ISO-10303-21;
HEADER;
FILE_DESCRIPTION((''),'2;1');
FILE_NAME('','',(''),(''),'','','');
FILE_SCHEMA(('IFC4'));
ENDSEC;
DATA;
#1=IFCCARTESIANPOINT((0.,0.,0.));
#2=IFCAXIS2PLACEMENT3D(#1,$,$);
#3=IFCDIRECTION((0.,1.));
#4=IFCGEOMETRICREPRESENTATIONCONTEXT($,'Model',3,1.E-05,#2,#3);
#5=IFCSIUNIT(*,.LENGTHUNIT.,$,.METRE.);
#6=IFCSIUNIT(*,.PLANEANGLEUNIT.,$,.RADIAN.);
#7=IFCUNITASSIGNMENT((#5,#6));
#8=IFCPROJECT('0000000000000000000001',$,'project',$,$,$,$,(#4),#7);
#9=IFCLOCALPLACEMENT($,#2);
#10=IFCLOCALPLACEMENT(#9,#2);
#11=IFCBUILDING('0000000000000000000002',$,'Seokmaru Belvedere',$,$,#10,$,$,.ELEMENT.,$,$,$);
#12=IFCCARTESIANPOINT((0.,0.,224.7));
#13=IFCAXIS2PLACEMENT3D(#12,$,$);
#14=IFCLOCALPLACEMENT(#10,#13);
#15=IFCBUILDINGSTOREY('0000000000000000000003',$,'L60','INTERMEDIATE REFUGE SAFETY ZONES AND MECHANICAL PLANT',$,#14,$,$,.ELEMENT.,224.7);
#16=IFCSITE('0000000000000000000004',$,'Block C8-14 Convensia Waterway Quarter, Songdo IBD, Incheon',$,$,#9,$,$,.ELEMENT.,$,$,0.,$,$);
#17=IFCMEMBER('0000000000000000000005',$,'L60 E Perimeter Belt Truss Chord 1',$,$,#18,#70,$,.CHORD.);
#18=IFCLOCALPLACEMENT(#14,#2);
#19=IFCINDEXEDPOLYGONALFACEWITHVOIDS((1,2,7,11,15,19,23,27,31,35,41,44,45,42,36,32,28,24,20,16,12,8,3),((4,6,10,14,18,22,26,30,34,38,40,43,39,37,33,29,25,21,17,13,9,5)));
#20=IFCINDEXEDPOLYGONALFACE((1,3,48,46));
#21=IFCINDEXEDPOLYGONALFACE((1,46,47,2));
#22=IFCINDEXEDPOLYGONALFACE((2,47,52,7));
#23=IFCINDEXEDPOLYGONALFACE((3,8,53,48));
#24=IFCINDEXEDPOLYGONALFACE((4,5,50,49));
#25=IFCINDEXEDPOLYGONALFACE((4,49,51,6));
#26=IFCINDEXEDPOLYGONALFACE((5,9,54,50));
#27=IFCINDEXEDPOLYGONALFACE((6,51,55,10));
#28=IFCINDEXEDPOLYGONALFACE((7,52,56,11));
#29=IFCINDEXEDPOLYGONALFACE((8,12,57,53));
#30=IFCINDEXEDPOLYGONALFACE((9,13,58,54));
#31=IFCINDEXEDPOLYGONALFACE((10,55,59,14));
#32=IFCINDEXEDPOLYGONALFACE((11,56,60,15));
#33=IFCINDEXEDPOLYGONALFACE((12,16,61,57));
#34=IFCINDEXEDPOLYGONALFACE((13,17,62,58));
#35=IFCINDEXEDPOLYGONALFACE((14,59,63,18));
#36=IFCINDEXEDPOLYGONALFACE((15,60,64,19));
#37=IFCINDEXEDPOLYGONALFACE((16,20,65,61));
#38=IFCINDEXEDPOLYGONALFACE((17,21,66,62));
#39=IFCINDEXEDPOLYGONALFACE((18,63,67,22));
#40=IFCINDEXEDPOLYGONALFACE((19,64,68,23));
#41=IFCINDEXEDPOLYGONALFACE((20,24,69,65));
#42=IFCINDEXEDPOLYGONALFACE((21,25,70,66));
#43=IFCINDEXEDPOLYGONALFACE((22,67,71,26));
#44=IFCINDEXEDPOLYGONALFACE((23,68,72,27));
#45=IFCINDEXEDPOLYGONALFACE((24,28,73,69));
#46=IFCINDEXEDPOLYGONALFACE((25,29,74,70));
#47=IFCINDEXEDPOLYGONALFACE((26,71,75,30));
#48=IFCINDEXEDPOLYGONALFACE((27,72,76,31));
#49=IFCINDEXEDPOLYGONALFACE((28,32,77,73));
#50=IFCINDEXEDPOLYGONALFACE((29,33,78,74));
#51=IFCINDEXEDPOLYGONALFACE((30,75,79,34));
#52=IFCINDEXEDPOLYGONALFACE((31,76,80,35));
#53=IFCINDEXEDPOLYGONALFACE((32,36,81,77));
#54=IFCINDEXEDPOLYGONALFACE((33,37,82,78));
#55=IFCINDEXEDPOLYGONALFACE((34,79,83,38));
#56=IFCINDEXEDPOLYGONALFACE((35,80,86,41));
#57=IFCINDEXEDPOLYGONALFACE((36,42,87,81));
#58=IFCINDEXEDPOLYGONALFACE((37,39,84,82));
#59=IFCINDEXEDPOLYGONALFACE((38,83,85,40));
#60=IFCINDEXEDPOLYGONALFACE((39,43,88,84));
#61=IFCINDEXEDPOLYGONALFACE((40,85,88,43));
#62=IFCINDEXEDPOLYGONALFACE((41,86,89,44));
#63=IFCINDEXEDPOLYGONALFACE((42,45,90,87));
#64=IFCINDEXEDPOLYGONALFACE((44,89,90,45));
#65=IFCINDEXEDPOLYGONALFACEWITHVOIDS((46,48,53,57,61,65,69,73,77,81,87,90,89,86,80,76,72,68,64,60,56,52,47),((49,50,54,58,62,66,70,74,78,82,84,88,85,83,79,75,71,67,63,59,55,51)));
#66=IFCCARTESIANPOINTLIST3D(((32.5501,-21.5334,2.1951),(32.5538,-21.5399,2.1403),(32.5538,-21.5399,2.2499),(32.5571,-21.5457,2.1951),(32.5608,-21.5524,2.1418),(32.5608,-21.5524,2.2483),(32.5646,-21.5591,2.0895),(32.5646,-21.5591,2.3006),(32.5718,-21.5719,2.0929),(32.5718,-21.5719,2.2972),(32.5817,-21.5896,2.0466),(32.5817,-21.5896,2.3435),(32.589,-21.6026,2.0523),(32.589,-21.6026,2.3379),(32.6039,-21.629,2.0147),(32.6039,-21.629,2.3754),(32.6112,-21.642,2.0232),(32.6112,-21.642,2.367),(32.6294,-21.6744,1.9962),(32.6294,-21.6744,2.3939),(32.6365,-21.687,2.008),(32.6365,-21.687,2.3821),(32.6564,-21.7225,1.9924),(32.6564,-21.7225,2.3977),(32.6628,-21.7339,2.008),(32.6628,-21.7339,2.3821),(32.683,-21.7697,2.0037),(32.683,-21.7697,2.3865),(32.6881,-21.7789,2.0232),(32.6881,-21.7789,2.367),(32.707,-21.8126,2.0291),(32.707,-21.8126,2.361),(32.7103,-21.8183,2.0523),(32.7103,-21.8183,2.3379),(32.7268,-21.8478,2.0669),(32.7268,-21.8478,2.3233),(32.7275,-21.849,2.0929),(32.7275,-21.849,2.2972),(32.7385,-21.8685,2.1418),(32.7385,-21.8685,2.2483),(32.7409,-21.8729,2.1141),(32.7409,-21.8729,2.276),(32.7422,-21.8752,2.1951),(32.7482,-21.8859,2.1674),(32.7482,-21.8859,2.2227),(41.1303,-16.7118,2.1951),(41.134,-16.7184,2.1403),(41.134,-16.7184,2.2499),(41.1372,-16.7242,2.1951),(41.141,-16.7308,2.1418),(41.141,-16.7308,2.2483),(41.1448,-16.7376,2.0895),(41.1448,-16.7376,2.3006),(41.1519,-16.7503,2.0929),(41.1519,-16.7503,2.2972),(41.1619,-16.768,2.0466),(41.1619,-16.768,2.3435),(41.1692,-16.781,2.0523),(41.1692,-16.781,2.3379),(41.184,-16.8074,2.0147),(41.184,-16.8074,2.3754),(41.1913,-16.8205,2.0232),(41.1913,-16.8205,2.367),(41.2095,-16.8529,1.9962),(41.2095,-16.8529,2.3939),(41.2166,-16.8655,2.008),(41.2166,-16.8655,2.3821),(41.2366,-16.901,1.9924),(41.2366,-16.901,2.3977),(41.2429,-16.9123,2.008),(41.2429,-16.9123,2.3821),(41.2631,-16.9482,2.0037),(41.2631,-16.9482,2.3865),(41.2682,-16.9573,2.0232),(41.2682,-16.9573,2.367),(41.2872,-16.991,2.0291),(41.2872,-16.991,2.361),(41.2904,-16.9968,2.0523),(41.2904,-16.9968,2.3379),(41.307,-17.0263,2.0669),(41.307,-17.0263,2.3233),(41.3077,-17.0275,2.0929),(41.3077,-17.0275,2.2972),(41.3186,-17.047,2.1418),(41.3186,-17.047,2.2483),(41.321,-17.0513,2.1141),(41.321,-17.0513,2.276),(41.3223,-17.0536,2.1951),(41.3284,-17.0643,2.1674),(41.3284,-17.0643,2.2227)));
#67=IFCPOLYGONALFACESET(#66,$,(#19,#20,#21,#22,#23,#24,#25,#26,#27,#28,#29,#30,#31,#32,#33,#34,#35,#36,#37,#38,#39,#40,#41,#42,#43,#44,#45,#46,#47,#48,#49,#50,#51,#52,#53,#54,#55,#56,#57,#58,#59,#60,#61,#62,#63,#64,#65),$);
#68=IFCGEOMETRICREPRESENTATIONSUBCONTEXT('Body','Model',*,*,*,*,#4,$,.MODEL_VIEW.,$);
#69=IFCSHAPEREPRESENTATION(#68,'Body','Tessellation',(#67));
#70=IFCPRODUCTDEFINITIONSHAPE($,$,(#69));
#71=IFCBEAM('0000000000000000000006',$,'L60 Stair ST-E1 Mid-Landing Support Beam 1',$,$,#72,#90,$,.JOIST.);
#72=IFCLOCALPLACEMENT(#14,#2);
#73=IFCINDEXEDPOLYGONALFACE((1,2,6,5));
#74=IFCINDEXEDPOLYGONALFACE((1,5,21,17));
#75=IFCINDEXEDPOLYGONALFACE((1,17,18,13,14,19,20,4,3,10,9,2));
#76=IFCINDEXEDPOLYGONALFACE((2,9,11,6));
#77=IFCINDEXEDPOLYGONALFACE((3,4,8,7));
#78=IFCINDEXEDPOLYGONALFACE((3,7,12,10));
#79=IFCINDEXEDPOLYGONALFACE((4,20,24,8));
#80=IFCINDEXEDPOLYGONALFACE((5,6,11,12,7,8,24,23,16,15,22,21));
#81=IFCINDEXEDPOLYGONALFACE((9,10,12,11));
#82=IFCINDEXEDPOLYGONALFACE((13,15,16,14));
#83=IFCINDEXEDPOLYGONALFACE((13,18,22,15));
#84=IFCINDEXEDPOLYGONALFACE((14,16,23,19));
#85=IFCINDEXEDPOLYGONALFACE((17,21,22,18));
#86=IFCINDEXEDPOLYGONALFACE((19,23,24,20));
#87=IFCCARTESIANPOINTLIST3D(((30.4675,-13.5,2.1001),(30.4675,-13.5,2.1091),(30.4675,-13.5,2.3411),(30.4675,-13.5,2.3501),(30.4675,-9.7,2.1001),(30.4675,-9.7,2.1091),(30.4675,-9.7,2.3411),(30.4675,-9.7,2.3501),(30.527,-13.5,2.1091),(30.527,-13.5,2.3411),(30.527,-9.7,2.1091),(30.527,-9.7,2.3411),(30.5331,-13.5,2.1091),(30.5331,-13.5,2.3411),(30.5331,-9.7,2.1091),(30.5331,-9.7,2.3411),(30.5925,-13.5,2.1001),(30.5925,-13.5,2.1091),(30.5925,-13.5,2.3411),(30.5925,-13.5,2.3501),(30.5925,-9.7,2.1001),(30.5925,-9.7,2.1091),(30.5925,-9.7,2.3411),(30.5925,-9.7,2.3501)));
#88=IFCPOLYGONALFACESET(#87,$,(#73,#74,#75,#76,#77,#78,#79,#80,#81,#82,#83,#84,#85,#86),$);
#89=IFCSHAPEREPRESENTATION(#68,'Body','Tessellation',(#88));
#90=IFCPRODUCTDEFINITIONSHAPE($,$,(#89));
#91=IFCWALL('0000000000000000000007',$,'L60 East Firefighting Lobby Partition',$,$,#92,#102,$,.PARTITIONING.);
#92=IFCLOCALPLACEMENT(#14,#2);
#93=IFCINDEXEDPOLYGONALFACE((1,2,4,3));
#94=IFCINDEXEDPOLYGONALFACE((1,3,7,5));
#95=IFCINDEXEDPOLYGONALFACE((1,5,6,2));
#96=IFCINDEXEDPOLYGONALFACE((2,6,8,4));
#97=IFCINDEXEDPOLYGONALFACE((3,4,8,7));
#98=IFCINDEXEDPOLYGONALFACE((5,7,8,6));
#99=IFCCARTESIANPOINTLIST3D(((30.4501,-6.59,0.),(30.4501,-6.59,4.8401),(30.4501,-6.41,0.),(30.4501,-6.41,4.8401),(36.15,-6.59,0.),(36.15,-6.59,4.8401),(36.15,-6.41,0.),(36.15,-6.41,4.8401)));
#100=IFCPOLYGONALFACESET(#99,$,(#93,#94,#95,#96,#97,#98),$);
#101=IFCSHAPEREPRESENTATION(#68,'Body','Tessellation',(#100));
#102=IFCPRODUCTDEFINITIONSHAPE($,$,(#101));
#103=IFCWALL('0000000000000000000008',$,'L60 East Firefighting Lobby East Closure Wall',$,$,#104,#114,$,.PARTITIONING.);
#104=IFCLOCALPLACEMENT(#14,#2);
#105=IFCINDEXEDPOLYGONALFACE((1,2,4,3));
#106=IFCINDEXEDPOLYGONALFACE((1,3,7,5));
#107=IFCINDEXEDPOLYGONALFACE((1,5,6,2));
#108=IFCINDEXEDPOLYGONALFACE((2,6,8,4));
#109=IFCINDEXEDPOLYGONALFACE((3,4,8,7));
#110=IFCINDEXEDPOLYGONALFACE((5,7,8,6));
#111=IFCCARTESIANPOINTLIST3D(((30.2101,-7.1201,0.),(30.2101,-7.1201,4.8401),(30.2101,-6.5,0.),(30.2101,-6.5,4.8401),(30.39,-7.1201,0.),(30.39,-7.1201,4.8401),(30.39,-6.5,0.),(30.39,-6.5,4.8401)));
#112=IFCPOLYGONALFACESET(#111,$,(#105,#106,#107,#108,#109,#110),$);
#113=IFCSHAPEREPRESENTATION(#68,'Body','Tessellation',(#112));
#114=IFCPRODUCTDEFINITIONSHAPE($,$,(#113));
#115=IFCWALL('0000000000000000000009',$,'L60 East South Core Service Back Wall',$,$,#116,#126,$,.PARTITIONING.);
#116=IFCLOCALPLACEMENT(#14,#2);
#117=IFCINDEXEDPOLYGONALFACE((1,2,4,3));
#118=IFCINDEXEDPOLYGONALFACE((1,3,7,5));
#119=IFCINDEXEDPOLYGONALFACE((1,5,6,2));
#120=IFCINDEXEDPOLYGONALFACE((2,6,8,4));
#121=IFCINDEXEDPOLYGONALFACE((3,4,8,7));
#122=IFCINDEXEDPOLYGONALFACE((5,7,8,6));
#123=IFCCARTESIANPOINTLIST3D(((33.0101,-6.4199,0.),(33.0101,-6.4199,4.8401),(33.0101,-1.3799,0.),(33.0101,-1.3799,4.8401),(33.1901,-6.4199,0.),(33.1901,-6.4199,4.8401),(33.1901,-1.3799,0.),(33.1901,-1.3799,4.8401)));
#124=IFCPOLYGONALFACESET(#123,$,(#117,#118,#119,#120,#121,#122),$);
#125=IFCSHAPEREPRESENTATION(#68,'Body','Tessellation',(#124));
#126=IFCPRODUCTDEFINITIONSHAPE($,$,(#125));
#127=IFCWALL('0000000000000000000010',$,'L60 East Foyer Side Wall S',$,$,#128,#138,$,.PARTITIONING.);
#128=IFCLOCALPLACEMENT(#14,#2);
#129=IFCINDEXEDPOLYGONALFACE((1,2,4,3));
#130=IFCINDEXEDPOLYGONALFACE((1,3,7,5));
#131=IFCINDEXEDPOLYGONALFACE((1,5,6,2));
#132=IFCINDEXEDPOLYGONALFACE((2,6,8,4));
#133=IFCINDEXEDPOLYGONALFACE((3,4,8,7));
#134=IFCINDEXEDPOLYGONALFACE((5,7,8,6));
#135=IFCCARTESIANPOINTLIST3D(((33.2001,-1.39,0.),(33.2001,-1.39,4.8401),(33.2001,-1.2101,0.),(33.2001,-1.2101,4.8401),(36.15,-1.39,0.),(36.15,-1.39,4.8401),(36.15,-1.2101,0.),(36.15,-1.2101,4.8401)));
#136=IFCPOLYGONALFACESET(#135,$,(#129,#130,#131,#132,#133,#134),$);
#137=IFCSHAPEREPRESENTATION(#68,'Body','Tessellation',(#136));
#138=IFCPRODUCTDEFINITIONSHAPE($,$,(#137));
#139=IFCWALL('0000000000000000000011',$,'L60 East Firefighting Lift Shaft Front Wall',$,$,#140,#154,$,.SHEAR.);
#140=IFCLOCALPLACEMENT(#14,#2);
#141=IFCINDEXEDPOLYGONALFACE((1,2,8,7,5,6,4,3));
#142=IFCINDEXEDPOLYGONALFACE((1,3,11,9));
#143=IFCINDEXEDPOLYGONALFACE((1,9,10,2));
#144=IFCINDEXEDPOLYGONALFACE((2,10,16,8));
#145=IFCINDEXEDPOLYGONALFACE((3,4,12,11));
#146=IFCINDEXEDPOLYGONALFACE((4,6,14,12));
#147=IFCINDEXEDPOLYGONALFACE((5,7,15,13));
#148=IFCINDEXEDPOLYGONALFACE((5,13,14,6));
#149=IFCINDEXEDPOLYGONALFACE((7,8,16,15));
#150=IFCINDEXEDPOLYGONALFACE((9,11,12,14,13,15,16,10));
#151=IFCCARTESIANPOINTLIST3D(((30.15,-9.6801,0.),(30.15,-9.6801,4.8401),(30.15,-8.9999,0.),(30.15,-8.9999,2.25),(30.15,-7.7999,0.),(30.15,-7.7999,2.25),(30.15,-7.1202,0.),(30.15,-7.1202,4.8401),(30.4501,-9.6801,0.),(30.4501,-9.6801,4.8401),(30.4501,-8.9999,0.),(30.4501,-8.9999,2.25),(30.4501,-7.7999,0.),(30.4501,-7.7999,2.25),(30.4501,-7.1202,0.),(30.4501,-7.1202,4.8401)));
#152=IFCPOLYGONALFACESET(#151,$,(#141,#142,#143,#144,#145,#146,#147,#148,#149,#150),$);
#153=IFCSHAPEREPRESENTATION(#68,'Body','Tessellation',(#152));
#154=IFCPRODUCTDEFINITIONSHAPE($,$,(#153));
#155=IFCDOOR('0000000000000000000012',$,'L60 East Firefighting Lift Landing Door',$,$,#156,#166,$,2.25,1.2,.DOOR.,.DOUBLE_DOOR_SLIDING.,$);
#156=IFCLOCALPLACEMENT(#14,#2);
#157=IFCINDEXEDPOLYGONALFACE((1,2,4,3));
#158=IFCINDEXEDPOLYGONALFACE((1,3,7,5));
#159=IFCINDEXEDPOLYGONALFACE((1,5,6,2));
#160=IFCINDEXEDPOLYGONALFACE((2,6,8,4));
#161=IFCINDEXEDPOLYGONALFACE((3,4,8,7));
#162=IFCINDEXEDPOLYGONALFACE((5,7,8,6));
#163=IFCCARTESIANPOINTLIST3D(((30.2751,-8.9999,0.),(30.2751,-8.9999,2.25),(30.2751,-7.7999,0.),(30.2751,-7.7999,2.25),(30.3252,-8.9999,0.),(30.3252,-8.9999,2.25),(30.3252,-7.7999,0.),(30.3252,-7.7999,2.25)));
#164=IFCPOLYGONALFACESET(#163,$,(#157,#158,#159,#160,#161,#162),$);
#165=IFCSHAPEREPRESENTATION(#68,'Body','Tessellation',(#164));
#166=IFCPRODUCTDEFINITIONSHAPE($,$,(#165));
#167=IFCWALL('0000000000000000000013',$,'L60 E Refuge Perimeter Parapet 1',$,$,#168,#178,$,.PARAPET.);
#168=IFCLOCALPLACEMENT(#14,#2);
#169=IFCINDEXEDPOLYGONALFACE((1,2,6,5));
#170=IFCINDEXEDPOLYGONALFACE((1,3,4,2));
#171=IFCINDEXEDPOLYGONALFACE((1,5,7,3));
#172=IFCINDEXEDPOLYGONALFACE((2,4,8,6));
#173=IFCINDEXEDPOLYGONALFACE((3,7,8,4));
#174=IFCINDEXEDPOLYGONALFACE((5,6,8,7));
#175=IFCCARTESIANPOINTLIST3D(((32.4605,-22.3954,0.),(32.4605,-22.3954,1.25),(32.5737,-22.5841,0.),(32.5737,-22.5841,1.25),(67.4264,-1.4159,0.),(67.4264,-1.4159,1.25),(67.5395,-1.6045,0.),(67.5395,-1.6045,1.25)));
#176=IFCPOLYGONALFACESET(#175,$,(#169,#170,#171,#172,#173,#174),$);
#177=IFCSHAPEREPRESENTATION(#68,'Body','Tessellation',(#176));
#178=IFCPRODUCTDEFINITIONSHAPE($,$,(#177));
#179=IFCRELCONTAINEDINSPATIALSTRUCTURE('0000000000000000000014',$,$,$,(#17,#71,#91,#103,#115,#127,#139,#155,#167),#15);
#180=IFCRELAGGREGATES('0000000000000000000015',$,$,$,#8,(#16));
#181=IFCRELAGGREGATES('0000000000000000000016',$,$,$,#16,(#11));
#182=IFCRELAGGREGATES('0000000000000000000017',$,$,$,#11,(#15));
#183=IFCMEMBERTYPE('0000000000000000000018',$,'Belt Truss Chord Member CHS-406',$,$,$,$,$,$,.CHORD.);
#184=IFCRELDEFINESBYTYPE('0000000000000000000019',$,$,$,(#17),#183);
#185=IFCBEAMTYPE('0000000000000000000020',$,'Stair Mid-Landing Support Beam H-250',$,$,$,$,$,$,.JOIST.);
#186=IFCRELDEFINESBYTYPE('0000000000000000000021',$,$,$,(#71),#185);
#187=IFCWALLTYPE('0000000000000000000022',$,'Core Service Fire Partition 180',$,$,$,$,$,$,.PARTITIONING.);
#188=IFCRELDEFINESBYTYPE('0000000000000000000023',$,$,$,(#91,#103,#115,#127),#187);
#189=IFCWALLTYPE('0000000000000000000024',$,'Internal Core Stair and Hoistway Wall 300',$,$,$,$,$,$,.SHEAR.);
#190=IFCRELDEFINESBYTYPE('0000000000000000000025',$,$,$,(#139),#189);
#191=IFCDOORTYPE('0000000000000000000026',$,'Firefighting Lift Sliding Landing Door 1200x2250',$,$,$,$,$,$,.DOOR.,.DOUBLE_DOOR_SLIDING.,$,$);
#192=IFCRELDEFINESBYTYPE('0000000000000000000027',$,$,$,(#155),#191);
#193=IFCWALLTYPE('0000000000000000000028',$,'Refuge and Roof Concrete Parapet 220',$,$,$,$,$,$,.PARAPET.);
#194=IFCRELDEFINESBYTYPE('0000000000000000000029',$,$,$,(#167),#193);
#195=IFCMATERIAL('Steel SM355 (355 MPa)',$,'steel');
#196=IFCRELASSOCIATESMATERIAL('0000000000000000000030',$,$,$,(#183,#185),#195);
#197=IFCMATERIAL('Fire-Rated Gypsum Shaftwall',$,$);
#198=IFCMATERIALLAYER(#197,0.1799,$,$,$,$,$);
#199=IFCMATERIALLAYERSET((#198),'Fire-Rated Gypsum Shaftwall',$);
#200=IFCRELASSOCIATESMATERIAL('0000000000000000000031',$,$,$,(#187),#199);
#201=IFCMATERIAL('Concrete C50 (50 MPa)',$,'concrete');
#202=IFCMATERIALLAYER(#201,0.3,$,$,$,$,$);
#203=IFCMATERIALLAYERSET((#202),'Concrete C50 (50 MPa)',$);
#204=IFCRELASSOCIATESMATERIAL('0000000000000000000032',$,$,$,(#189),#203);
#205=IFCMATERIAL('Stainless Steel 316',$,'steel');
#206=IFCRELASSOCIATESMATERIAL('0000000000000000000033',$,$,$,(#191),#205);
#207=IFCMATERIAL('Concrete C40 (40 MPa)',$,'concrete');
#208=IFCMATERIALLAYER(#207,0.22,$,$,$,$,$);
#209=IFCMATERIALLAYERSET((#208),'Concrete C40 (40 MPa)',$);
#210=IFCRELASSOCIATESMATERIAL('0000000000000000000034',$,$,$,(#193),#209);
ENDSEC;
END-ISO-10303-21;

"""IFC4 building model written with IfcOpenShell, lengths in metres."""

from ifc_helpers import new_model, si_unit, direction, frame, frame_2d, origin, origin_2d, place, context, subcontext, project, spatial, rectangle, hollow_circle, i_section, extrude, source, transform, mapped, material, layer, layer_set, material_profile, profile_set, type_object, type_shapes, element, fill, save


model = new_model("IFC4")

# Units and contexts
model_context = context("Model", 3, precision=1e-05, world=origin(), true_north=direction((0.0, 1.0)))
body_context = subcontext(model_context, "Body", "Model", "MODEL_VIEW")
ifc_project = project(units=[si_unit("LENGTHUNIT", "METRE"), si_unit("PLANEANGLEUNIT", "RADIAN")], contexts=[model_context])

# Site, building, storey
site_placement = place(None, origin())
site = spatial("IfcSite", under=ifc_project, at=site_placement, Name="Block C8-14 Convensia Waterway Quarter, Songdo IBD, Incheon", CompositionType="ELEMENT", RefElevation=0.0)
building_placement = place(site_placement, origin())
building = spatial("IfcBuilding", under=site, at=building_placement, Name="Seokmaru Belvedere", CompositionType="ELEMENT")
storey_placement = place(building_placement, frame((0.0, 0.0, 224.7)))
storey = spatial("IfcBuildingStorey", under=building, at=storey_placement, Name="L60", Description="INTERMEDIATE REFUGE SAFETY ZONES AND MECHANICAL PLANT", CompositionType="ELEMENT", Elevation=224.7)

# Shared definitions
ifc_material_1 = material(Name="Steel SM355 (355 MPa)", Category="steel")

# Member
ifc_material_profile_1 = material_profile(ifc_material_1, hollow_circle(Radius=0.2031, WallThickness=0.0142, at=origin_2d()), Name="CHS-406.4x14.2")
ifc_profile_set_1 = profile_set([ifc_material_profile_1], Name="Steel SM355 (355 MPa)")
member_type_1 = type_object("IfcMemberType", Name="Belt Truss Chord Member CHS-406", PredefinedType="CHORD", material=ifc_profile_set_1)
shared_shape_1 = source(origin(), body_context, "Body", "SweptSolid", [
    extrude(hollow_circle(Radius=0.2031, WallThickness=0.0142, at=origin_2d()), origin(), (0.0, 0.0, 1.0), 9.842),
])
type_shapes(member_type_1, [shared_shape_1])
member_1_placement = place(storey_placement, frame((32.6497, -21.7104, 2.1951), z_axis=(0.871782, 0.489894, 0.0), x_axis=(-0.489894, 0.871782, 0.0)))
element("IfcMember", 1, at=member_1_placement, inside=storey, type_object=member_type_1, Name="L60 E Perimeter Belt Truss Chord 1", PredefinedType="CHORD", context=body_context, shape_type="MappedRepresentation", body=[
    mapped(shared_shape_1, transform((0.0, 0.0, 0.0), scale=1.0)),
])

# Beam
ifc_material_profile_2 = material_profile(ifc_material_1, i_section(OverallWidth=0.125, OverallDepth=0.25, WebThickness=0.0061, FlangeThickness=0.009, at=origin_2d()), Name="H-250x125x6x9")
ifc_profile_set_2 = profile_set([ifc_material_profile_2], Name="Steel SM355 (355 MPa)")
beam_type_1 = type_object("IfcBeamType", Name="Stair Mid-Landing Support Beam H-250", PredefinedType="JOIST", material=ifc_profile_set_2)
shared_shape_2 = source(origin(), body_context, "Body", "SweptSolid", [
    extrude(i_section(OverallWidth=0.125, OverallDepth=0.25, WebThickness=0.0061, FlangeThickness=0.009, at=origin_2d()), origin(), (0.0, 0.0, 1.0), 3.8),
])
type_shapes(beam_type_1, [shared_shape_2])
beam_1_placement = place(storey_placement, frame((30.53, -13.5, 2.2251), z_axis=(0.0, 1.0, 0.0), x_axis=(-1.0, 0.0, 0.0)))
element("IfcBeam", 2, at=beam_1_placement, inside=storey, type_object=beam_type_1, Name="L60 Stair ST-E1 Mid-Landing Support Beam 1", PredefinedType="JOIST", context=body_context, shape_type="MappedRepresentation", body=[
    mapped(shared_shape_2, transform((0.0, 0.0, 0.0), scale=1.0)),
])

# Walls
ifc_material_2 = material(Name="Fire-Rated Gypsum Shaftwall")
ifc_layer_1 = layer(ifc_material_2, 0.1799)
ifc_layer_set_1 = layer_set([ifc_layer_1], Name="Fire-Rated Gypsum Shaftwall")
wall_type_1 = type_object("IfcWallType", Name="Core Service Fire Partition 180", PredefinedType="PARTITIONING", material=ifc_layer_set_1)
wall_1_placement = place(storey_placement, frame((30.45, -6.5, 0.0), z_axis=(0.0, 0.0, 1.0), x_axis=(1.0, 0.0, 0.0)))
element("IfcWall", 3, at=wall_1_placement, inside=storey, type_object=wall_type_1, Name="L60 East Firefighting Lobby Partition", PredefinedType="PARTITIONING", context=body_context, shape_type="SweptSolid", body=[
    extrude(rectangle(XDim=5.7, YDim=0.1799, at=frame_2d((2.8501, 0.0))), origin(), (0.0, 0.0, 1.0), 4.8401),
])
wall_2_placement = place(storey_placement, frame((30.3, -7.1201, 0.0), z_axis=(0.0, 0.0, 1.0), x_axis=(0.0, 1.0, 0.0)))
element("IfcWall", 4, at=wall_2_placement, inside=storey, type_object=wall_type_1, Name="L60 East Firefighting Lobby East Closure Wall", PredefinedType="PARTITIONING", context=body_context, shape_type="SweptSolid", body=[
    extrude(rectangle(XDim=0.6201, YDim=0.1799, at=frame_2d((0.3101, 0.0))), origin(), (0.0, 0.0, 1.0), 4.8401),
])
wall_3_placement = place(storey_placement, frame((33.1001, -6.4199, 0.0), z_axis=(0.0, 0.0, 1.0), x_axis=(0.0, 1.0, 0.0)))
element("IfcWall", 5, at=wall_3_placement, inside=storey, type_object=wall_type_1, Name="L60 East South Core Service Back Wall", PredefinedType="PARTITIONING", context=body_context, shape_type="SweptSolid", body=[
    extrude(rectangle(XDim=5.04, YDim=0.1799, at=frame_2d((2.52, 0.0))), origin(), (0.0, 0.0, 1.0), 4.8401),
])
wall_4_placement = place(storey_placement, frame((33.2, -1.3, 0.0), z_axis=(0.0, 0.0, 1.0), x_axis=(1.0, 0.0, 0.0)))
element("IfcWall", 6, at=wall_4_placement, inside=storey, type_object=wall_type_1, Name="L60 East Foyer Side Wall S", PredefinedType="PARTITIONING", context=body_context, shape_type="SweptSolid", body=[
    extrude(rectangle(XDim=2.95, YDim=0.1799, at=frame_2d((1.4751, 0.0))), origin(), (0.0, 0.0, 1.0), 4.8401),
])

# Wall, opening, door
ifc_material_3 = material(Name="Concrete C50 (50 MPa)", Category="concrete")
ifc_layer_2 = layer(ifc_material_3, 0.3)
ifc_layer_set_2 = layer_set([ifc_layer_2], Name="Concrete C50 (50 MPa)")
wall_type_2 = type_object("IfcWallType", Name="Internal Core Stair and Hoistway Wall 300", PredefinedType="SHEAR", material=ifc_layer_set_2)
wall_5_placement = place(storey_placement, frame((30.3, -9.6799, 0.0), z_axis=(0.0, 0.0, 1.0), x_axis=(0.0, 1.0, 0.0)))
wall_5 = element("IfcWall", 7, at=wall_5_placement, inside=storey, type_object=wall_type_2, Name="L60 East Firefighting Lift Shaft Front Wall", PredefinedType="SHEAR", context=body_context, shape_type="SweptSolid", body=[
    extrude(rectangle(XDim=2.5598, YDim=0.3, at=frame_2d((1.2798, 0.0))), origin(), (0.0, 0.0, 1.0), 4.8401),
])
opening_placement = place(wall_5_placement, frame((0.6799, 0.0, 0.0)))
opening = element("IfcOpeningElement", 8, at=opening_placement, cuts=wall_5, PredefinedType="OPENING", context=body_context, shape_type="SweptSolid", body=[
    extrude(rectangle(XDim=1.2, YDim=2.25, at=frame_2d((0.6001, 1.125))), frame((0.0, 0.1602, 0.0), z_axis=(0.0, -1.0, 0.0), x_axis=(1.0, 0.0, 0.0)), (0.0, 0.0, 1.0), 0.3201),
])
ifc_material_4 = material(Name="Stainless Steel 316", Category="steel")
door_type = type_object("IfcDoorType", Name="Firefighting Lift Sliding Landing Door 1200x2250", OperationType="DOUBLE_DOOR_SLIDING", PredefinedType="DOOR", material=ifc_material_4)
shared_shape_3 = source(origin(), body_context, "Body", "SweptSolid", [
    extrude(rectangle(XDim=1.2, YDim=2.25, at=frame_2d((0.6001, 1.125))), frame((0.0, 0.0249, 0.0), z_axis=(0.0, -1.0, 0.0), x_axis=(1.0, 0.0, 0.0)), (0.0, 0.0, 1.0), 0.05),
])
type_shapes(door_type, [shared_shape_3])
door_placement = place(opening_placement, origin())
door = element("IfcDoor", 9, at=door_placement, inside=storey, type_object=door_type, Name="L60 East Firefighting Lift Landing Door", OperationType="DOUBLE_DOOR_SLIDING", OverallHeight=2.25, OverallWidth=1.2, PredefinedType="DOOR", context=body_context, shape_type="MappedRepresentation", body=[
    mapped(shared_shape_3, transform((0.0, 0.0, 0.0), scale=1.0)),
])
fill(opening, door)

# Wall
ifc_material_5 = material(Name="Concrete C40 (40 MPa)", Category="concrete")
ifc_layer_3 = layer(ifc_material_5, 0.22)
ifc_layer_set_3 = layer_set([ifc_layer_3], Name="Concrete C40 (40 MPa)")
wall_type_3 = type_object("IfcWallType", Name="Refuge and Roof Concrete Parapet 220", PredefinedType="PARAPET", material=ifc_layer_set_3)
wall_6_placement = place(storey_placement, frame((32.5171, -22.4897, 0.0), z_axis=(0.0, 0.0, 1.0), x_axis=(0.857493, 0.514496, 0.0)))
element("IfcWall", 10, at=wall_6_placement, inside=storey, type_object=wall_type_3, Name="L60 E Refuge Perimeter Parapet 1", PredefinedType="PARAPET", context=body_context, shape_type="SweptSolid", body=[
    extrude(rectangle(XDim=40.7769, YDim=0.22, at=frame_2d((20.3884, 0.0))), origin(), (0.0, 0.0, 1.0), 1.25),
])

save(model, "model.ifc")
